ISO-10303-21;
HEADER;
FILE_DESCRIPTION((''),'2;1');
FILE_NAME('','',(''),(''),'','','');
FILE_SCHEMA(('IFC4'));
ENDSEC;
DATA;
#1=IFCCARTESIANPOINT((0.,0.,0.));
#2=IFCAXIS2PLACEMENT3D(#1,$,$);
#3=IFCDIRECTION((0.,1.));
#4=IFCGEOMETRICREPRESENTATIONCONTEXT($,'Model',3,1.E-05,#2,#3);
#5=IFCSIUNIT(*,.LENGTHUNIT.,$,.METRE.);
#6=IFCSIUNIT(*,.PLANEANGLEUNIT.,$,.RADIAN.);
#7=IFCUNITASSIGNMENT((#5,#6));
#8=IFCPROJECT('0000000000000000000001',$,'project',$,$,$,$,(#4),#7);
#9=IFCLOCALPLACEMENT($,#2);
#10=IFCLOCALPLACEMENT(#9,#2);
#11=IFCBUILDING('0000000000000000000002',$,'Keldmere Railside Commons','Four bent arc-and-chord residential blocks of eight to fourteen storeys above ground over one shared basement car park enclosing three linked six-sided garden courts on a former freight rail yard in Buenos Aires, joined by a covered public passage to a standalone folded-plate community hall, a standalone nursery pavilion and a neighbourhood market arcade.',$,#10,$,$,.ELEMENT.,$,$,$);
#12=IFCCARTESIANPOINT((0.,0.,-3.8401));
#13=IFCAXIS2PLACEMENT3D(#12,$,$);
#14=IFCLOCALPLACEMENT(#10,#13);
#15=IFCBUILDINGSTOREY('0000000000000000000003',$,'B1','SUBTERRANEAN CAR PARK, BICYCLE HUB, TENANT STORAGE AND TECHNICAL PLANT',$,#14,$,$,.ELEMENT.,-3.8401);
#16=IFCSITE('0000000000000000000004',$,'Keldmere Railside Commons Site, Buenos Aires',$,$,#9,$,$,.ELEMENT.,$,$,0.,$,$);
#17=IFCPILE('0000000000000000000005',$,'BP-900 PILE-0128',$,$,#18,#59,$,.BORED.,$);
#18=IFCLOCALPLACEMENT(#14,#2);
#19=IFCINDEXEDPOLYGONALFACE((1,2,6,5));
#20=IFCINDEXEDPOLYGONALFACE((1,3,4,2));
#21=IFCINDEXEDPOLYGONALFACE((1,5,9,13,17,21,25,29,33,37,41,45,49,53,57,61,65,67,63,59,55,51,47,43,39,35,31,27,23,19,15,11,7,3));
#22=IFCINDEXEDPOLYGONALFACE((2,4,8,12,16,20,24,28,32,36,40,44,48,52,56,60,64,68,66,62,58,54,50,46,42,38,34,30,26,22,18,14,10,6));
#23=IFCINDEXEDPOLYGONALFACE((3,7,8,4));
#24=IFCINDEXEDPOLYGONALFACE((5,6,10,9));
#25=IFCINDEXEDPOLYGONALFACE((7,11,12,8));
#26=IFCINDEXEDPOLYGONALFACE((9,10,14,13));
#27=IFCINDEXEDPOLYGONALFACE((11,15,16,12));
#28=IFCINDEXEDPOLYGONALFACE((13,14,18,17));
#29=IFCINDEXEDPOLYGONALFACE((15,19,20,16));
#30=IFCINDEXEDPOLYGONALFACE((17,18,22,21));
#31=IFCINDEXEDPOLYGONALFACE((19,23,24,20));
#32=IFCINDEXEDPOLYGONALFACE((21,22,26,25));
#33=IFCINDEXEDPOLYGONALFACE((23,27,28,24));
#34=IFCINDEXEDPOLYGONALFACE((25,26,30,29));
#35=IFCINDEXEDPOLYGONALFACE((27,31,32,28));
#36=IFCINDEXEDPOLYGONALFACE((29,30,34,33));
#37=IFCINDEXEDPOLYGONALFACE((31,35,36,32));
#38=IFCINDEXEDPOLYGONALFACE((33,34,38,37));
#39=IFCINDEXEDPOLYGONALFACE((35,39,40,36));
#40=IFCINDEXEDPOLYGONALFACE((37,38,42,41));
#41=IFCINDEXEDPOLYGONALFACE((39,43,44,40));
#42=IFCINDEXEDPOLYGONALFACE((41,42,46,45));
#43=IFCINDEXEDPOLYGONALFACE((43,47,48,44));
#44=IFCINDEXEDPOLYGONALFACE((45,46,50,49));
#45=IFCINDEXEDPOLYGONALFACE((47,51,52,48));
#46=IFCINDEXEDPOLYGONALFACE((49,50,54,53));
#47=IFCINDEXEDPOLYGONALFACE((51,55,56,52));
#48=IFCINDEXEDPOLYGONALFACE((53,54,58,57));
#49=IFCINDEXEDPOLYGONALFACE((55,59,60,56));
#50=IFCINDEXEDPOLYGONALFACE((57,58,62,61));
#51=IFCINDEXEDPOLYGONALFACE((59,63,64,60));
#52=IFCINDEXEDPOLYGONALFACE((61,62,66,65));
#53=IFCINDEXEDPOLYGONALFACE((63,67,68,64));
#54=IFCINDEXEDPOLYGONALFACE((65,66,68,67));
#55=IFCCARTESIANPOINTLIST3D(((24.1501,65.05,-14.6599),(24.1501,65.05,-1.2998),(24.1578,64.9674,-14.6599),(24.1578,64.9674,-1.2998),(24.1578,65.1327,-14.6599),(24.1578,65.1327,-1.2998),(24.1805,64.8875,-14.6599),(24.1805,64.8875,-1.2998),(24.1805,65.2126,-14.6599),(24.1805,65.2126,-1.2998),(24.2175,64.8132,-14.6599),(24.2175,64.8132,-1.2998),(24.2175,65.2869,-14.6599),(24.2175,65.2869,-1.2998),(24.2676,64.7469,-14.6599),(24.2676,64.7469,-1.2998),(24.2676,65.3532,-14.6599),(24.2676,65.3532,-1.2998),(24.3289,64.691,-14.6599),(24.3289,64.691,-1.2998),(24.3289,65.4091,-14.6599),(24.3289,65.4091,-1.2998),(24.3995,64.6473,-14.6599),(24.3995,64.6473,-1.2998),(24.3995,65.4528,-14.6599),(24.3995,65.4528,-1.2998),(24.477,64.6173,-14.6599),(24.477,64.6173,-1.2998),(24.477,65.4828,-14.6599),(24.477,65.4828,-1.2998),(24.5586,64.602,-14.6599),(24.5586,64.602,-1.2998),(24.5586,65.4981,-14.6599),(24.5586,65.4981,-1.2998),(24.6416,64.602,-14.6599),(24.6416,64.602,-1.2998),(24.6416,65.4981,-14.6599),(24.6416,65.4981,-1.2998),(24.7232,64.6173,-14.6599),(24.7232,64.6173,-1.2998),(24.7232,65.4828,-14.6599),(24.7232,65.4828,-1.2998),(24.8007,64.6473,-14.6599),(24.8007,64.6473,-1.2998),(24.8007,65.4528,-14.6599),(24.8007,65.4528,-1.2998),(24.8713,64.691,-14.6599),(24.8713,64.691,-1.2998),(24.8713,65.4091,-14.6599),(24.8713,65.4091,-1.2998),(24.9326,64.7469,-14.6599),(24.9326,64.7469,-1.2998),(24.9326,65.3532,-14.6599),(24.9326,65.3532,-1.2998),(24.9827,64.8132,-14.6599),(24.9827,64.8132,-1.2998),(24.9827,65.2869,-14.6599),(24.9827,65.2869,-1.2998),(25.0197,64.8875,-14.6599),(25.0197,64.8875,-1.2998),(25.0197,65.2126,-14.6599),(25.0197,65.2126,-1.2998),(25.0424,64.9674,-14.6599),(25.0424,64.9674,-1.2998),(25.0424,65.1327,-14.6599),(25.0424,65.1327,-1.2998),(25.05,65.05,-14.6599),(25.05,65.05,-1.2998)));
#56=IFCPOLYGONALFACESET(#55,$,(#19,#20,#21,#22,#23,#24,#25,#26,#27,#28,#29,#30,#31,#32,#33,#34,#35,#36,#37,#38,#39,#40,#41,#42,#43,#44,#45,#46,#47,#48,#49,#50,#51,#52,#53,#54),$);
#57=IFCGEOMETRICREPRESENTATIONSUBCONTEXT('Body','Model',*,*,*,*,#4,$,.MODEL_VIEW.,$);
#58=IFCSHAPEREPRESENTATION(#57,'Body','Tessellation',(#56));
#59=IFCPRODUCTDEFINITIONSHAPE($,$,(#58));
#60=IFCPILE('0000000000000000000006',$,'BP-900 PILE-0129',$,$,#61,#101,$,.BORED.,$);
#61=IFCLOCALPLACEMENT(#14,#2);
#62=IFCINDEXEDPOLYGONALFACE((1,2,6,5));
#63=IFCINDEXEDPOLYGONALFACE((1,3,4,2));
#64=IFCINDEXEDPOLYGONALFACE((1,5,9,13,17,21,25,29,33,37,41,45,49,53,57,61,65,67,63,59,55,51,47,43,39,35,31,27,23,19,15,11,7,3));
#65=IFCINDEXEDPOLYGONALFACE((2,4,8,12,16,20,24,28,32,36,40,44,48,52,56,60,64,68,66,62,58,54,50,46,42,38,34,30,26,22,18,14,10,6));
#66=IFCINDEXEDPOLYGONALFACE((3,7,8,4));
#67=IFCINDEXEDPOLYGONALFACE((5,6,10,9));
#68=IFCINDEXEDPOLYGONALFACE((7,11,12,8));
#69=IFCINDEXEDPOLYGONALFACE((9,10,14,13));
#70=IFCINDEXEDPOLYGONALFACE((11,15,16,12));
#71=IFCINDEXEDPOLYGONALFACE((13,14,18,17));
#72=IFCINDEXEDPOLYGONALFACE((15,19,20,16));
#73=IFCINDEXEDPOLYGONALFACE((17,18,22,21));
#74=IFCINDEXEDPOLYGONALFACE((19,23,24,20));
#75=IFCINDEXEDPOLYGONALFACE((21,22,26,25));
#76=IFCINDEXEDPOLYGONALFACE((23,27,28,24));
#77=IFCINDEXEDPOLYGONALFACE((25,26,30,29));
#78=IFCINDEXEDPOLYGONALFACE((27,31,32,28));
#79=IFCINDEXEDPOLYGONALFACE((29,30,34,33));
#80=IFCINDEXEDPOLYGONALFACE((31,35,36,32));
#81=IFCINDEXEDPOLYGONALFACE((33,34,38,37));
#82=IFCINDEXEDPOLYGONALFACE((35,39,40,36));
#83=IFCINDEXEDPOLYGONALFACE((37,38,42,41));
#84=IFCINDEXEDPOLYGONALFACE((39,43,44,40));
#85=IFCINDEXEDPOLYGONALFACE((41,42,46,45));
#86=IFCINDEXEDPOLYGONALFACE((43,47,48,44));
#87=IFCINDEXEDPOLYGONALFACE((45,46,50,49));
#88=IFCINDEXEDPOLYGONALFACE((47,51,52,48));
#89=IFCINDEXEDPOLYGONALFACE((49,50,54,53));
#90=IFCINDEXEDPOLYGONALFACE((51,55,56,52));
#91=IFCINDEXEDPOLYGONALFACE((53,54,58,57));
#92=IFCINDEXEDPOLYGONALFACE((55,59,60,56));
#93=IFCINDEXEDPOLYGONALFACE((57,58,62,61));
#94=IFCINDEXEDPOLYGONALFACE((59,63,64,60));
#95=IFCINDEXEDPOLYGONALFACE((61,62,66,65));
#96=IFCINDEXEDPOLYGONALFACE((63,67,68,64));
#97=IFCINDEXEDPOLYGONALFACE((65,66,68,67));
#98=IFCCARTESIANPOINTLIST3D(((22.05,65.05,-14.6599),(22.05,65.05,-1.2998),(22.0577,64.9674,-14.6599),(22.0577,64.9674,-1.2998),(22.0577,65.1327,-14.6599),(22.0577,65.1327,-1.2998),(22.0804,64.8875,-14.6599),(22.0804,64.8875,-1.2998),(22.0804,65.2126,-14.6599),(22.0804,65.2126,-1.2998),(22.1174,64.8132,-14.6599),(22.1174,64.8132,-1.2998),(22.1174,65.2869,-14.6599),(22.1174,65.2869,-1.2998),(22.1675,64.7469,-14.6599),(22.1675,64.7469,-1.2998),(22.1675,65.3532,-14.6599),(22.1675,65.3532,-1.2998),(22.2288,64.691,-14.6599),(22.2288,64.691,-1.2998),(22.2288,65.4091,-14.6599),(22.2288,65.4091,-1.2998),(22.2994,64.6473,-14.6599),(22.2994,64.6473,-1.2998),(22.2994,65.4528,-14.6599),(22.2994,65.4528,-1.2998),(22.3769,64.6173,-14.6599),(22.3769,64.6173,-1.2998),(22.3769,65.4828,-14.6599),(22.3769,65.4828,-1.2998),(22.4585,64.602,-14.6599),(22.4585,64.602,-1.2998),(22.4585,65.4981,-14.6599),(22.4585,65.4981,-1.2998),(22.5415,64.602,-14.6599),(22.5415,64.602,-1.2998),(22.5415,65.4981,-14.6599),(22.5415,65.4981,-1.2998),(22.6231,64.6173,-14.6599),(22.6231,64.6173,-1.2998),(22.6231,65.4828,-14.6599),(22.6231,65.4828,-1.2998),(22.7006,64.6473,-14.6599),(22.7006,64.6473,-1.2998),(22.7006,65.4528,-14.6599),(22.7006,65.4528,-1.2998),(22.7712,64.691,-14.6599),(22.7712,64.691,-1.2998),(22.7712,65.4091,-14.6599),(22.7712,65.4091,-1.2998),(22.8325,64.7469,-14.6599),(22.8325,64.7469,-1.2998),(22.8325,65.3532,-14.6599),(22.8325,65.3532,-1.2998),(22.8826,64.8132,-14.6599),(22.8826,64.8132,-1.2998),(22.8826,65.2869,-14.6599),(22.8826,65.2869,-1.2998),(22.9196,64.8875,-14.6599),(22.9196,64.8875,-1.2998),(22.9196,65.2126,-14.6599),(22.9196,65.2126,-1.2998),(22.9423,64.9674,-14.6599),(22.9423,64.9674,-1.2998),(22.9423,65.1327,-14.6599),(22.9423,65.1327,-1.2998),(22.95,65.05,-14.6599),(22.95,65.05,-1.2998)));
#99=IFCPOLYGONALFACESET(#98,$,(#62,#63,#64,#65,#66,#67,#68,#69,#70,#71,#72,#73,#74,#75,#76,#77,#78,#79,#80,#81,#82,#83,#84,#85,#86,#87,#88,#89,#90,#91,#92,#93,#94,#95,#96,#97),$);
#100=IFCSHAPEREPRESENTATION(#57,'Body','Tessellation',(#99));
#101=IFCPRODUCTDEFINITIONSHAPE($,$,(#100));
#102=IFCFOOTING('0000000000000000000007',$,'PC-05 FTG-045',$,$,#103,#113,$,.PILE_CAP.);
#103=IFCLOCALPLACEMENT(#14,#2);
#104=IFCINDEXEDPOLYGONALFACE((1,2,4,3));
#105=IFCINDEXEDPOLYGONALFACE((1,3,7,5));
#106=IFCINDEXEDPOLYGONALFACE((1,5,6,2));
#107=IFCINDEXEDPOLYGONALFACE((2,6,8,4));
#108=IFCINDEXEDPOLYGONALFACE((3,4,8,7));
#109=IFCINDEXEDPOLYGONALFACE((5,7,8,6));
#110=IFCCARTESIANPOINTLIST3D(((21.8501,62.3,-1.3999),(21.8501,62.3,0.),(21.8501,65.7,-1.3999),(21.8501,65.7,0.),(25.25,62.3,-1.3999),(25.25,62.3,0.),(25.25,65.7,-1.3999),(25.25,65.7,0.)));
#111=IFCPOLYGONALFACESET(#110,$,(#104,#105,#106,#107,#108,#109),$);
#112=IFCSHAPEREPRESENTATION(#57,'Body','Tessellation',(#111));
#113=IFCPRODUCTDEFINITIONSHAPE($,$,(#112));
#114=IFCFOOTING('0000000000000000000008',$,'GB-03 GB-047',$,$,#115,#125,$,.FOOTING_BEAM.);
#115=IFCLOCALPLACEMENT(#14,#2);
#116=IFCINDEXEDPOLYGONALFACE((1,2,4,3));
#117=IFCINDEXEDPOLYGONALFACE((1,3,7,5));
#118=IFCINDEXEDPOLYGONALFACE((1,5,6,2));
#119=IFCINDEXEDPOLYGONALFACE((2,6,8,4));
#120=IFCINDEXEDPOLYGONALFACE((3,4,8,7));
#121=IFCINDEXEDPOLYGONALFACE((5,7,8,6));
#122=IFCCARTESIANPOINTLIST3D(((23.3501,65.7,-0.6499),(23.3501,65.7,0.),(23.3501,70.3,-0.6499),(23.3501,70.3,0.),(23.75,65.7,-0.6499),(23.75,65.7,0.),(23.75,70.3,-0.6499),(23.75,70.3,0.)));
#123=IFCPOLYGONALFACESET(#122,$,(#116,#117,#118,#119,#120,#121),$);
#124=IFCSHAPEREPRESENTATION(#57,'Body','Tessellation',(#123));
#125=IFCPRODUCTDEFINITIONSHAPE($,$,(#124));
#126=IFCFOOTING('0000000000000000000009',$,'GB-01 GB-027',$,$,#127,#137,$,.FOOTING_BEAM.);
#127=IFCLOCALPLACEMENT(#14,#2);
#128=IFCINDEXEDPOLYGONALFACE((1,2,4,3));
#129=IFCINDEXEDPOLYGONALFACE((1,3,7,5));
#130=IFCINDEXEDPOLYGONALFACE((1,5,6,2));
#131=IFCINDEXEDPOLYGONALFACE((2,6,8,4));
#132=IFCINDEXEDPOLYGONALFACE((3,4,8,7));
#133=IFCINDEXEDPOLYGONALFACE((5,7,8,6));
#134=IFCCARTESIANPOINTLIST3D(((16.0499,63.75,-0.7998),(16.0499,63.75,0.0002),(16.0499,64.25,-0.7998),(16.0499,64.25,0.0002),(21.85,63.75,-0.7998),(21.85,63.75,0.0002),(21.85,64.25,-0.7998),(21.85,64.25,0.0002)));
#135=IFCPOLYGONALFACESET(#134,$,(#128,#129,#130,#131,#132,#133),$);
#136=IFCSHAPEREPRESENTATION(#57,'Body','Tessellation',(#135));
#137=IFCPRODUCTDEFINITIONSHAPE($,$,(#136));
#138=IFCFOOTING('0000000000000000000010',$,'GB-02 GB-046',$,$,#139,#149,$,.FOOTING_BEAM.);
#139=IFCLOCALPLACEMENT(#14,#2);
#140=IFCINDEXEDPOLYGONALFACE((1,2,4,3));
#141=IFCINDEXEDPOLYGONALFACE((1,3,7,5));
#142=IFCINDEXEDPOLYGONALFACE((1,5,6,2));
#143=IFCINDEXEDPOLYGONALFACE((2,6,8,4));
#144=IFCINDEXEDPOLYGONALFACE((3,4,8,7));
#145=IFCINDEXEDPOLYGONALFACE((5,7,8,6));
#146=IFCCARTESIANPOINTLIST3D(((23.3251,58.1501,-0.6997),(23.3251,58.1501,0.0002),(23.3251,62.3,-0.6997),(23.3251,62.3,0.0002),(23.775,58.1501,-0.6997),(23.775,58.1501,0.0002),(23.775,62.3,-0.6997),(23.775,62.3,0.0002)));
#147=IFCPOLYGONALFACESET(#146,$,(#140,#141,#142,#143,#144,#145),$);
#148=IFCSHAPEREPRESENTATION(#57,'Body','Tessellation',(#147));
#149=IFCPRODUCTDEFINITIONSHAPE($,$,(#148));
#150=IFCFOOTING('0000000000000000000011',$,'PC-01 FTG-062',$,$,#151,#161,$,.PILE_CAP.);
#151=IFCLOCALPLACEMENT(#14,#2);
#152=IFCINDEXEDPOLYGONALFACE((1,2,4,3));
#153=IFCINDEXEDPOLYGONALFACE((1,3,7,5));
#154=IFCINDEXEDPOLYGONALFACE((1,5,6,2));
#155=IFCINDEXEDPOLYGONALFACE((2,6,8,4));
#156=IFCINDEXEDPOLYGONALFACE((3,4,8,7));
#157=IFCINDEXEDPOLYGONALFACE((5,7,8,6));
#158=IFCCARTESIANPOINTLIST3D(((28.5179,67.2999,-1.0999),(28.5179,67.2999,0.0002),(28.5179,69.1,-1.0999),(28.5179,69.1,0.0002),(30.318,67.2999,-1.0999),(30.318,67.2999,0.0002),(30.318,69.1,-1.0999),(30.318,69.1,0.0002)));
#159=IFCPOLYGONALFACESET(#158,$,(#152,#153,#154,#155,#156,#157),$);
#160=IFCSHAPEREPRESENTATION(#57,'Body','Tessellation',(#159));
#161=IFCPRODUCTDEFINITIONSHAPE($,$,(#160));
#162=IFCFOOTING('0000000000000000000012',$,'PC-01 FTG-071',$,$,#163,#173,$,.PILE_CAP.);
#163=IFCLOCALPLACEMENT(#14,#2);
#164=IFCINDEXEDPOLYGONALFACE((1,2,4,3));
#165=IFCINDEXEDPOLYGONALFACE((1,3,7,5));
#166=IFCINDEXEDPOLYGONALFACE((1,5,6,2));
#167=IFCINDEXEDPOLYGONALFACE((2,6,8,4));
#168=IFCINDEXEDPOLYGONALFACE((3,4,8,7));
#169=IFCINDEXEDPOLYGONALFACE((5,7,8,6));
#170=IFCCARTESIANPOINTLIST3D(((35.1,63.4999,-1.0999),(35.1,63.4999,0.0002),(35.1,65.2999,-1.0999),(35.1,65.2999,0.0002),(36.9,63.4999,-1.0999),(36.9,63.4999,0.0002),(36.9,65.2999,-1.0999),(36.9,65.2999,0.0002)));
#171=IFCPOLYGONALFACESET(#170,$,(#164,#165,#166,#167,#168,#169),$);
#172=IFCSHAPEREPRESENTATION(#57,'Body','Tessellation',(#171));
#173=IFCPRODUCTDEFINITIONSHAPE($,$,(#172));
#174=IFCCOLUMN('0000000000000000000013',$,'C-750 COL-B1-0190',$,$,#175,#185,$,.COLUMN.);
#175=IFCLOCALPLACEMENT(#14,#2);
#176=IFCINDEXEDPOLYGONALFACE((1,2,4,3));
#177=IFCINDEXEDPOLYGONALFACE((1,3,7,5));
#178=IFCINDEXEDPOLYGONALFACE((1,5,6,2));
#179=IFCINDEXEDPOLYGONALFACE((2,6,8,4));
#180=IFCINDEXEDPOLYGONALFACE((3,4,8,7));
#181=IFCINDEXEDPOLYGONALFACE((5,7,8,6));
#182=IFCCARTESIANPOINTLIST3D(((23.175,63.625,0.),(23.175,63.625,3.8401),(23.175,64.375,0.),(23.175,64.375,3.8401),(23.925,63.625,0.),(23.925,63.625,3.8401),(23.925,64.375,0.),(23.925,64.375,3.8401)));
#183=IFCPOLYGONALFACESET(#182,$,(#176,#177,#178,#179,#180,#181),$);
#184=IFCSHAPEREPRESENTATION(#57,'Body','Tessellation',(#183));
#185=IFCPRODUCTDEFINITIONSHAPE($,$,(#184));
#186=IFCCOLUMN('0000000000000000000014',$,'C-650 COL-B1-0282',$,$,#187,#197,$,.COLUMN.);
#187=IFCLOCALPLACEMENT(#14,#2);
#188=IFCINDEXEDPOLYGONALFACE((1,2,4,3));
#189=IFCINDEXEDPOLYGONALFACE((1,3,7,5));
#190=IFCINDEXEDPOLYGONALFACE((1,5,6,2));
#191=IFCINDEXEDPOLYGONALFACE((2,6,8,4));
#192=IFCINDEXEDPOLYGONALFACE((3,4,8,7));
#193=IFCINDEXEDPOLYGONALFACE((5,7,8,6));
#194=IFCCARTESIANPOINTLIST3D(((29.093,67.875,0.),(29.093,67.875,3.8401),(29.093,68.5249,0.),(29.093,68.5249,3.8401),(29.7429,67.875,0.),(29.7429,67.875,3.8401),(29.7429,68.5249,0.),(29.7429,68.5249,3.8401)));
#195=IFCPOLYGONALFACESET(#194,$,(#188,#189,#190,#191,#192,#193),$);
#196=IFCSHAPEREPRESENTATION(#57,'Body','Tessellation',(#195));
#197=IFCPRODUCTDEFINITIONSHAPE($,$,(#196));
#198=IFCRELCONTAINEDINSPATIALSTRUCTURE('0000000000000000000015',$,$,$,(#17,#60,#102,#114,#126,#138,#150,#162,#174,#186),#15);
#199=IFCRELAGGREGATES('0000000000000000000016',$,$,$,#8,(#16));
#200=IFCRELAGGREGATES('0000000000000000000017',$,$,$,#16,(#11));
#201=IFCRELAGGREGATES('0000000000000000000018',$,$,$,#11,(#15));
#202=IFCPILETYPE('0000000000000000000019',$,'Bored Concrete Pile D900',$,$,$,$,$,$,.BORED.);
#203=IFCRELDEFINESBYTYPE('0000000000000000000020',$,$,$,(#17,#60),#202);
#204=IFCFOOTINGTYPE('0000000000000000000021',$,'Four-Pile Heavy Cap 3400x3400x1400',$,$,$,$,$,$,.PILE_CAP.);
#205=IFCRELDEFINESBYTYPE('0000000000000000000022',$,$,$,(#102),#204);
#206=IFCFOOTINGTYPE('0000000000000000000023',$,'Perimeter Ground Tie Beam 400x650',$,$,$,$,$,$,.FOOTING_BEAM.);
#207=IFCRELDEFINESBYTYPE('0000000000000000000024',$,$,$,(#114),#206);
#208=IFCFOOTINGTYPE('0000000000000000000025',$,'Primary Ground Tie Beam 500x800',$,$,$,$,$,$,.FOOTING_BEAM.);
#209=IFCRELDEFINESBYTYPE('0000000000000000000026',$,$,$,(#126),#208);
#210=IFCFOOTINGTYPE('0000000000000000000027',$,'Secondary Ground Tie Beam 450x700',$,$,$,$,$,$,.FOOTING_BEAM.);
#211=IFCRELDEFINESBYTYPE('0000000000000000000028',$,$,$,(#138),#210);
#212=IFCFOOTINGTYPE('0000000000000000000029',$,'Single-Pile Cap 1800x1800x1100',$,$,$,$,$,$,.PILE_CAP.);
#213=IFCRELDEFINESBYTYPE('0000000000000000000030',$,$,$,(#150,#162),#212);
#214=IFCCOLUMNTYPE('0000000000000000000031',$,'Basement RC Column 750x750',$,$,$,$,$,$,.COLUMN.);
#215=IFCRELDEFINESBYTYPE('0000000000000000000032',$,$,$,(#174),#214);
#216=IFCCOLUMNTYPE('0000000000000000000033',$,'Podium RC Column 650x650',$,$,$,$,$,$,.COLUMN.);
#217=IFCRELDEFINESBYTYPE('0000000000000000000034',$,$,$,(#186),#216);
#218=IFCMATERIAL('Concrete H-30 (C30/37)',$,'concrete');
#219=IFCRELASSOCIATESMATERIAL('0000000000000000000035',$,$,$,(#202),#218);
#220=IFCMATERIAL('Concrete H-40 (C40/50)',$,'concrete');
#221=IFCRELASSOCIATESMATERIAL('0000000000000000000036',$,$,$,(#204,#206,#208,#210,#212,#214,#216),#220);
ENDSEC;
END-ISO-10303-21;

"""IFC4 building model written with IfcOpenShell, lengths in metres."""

from ifc_helpers import new_model, si_unit, direction, frame, origin, origin_2d, place, context, subcontext, project, spatial, rectangle, circle, extrude, material, material_profile, profile_set, type_object, element, save


model = new_model("IFC4")

# Units and contexts
model_context = context("Model", 3, precision=1e-05, world=origin(), true_north=direction((0.0, 1.0)))
body_context = subcontext(model_context, "Body", "Model", "MODEL_VIEW")
ifc_project = project(units=[si_unit("LENGTHUNIT", "METRE"), si_unit("PLANEANGLEUNIT", "RADIAN")], contexts=[model_context])

# Site, building, storey
site_placement = place(None, origin())
site = spatial("IfcSite", under=ifc_project, at=site_placement, Name="Keldmere Railside Commons Site, Buenos Aires", CompositionType="ELEMENT", RefElevation=0.0)
building_placement = place(site_placement, origin())
building = spatial("IfcBuilding", under=site, at=building_placement, Name="Keldmere Railside Commons", Description="Four bent arc-and-chord residential blocks of eight to fourteen storeys above ground over one shared basement car park enclosing three linked six-sided garden courts on a former freight rail yard in Buenos Aires, joined by a covered public passage to a standalone folded-plate community hall, a standalone nursery pavilion and a neighbourhood market arcade.", CompositionType="ELEMENT")
storey_placement = place(building_placement, frame((0.0, 0.0, -3.8401)))
storey = spatial("IfcBuildingStorey", under=building, at=storey_placement, Name="B1", Description="SUBTERRANEAN CAR PARK, BICYCLE HUB, TENANT STORAGE AND TECHNICAL PLANT", CompositionType="ELEMENT", Elevation=-3.8401)

# Piles
ifc_material_1 = material(Name="Concrete H-30 (C30/37)", Category="concrete")
ifc_material_profile_1 = material_profile(ifc_material_1, circle(Radius=0.45, at=origin_2d()), Name="PILE-D900")
ifc_profile_set_1 = profile_set([ifc_material_profile_1], Name="Concrete H-30 (C30/37)")
pile_type_1 = type_object("IfcPileType", Name="Bored Concrete Pile D900", PredefinedType="BORED", material=ifc_profile_set_1)
for number, where, z_axis, x_axis, name in (
    (1, (24.6001, 65.05, -1.2998), (0.0, 0.0, -1.0), (1.0, 0.0, 0.0), "BP-900 PILE-0128"),
    (2, (22.5, 65.05, -1.2998), (0.0, 0.0, -1.0), (1.0, 0.0, 0.0), "BP-900 PILE-0129"),
):
    element("IfcPile", number, at=place(storey_placement, frame(where, z_axis=z_axis, x_axis=x_axis)), inside=storey, type_object=pile_type_1, Name=name, PredefinedType="BORED", context=body_context, shape_type="SweptSolid", body=[
        extrude(circle(Radius=0.45, at=origin_2d()), origin(), (0.0, 0.0, 1.0), 13.3601),
    ])

# Footings
ifc_material_2 = material(Name="Concrete H-40 (C40/50)", Category="concrete")
footing_type_1 = type_object("IfcFootingType", Name="Four-Pile Heavy Cap 3400x3400x1400", PredefinedType="PILE_CAP", material=ifc_material_2)
footing_1_placement = place(storey_placement, frame((23.55, 64.0, -1.3999), z_axis=(0.0, 0.0, 1.0), x_axis=(1.0, 0.0, 0.0)))
element("IfcFooting", 3, at=footing_1_placement, inside=storey, type_object=footing_type_1, Name="PC-05 FTG-045", PredefinedType="PILE_CAP", context=body_context, shape_type="SweptSolid", body=[
    extrude(rectangle(XDim=3.3999, YDim=3.3999, at=origin_2d()), origin(), (0.0, 0.0, 1.0), 1.3999),
])
footing_type_2 = type_object("IfcFootingType", Name="Perimeter Ground Tie Beam 400x650", PredefinedType="FOOTING_BEAM", material=ifc_material_2)
footing_2_placement = place(storey_placement, frame((23.55, 68.0, -0.6499), z_axis=(0.0, 0.0, 1.0), x_axis=(0.0, 1.0, 0.0)))
element("IfcFooting", 4, at=footing_2_placement, inside=storey, type_object=footing_type_2, Name="GB-03 GB-047", PredefinedType="FOOTING_BEAM", context=body_context, shape_type="SweptSolid", body=[
    extrude(rectangle(XDim=4.6001, YDim=0.3999, at=origin_2d()), origin(), (0.0, 0.0, 1.0), 0.6499),
])
footing_type_3 = type_object("IfcFootingType", Name="Primary Ground Tie Beam 500x800", PredefinedType="FOOTING_BEAM", material=ifc_material_2)
footing_3_placement = place(storey_placement, frame((18.95, 64.0, -0.7998), z_axis=(0.0, 0.0, 1.0), x_axis=(1.0, 0.0, 0.0)))
element("IfcFooting", 5, at=footing_3_placement, inside=storey, type_object=footing_type_3, Name="GB-01 GB-027", PredefinedType="FOOTING_BEAM", context=body_context, shape_type="SweptSolid", body=[
    extrude(rectangle(XDim=5.8, YDim=0.5, at=origin_2d()), origin(), (0.0, 0.0, 1.0), 0.8),
])
footing_type_4 = type_object("IfcFootingType", Name="Secondary Ground Tie Beam 450x700", PredefinedType="FOOTING_BEAM", material=ifc_material_2)
footing_4_placement = place(storey_placement, frame((23.55, 60.2251, -0.6997), z_axis=(0.0, 0.0, 1.0), x_axis=(0.0, 1.0, 0.0)))
element("IfcFooting", 6, at=footing_4_placement, inside=storey, type_object=footing_type_4, Name="GB-02 GB-046", PredefinedType="FOOTING_BEAM", context=body_context, shape_type="SweptSolid", body=[
    extrude(rectangle(XDim=4.1499, YDim=0.45, at=origin_2d()), origin(), (0.0, 0.0, 1.0), 0.7),
])
footing_type_5 = type_object("IfcFootingType", Name="Single-Pile Cap 1800x1800x1100", PredefinedType="PILE_CAP", material=ifc_material_2)
for number, where, z_axis, x_axis, name in (
    (7, (29.418, 68.2, -1.0999), (0.0, 0.0, 1.0), (1.0, 0.0, 0.0), "PC-01 FTG-062"),
    (8, (36.0, 64.3999, -1.0999), (0.0, 0.0, 1.0), (1.0, 0.0, 0.0), "PC-01 FTG-071"),
):
    element("IfcFooting", number, at=place(storey_placement, frame(where, z_axis=z_axis, x_axis=x_axis)), inside=storey, type_object=footing_type_5, Name=name, PredefinedType="PILE_CAP", context=body_context, shape_type="SweptSolid", body=[
        extrude(rectangle(XDim=1.8, YDim=1.8, at=origin_2d()), origin(), (0.0, 0.0, 1.0), 1.1001),
    ])

# Columns
ifc_material_profile_2 = material_profile(ifc_material_2, rectangle(XDim=0.75, YDim=0.75, at=origin_2d()), Name="RC-750x750")
ifc_profile_set_2 = profile_set([ifc_material_profile_2], Name="Concrete H-40 (C40/50)")
column_type_1 = type_object("IfcColumnType", Name="Basement RC Column 750x750", PredefinedType="COLUMN", material=ifc_profile_set_2)
column_placement = place(storey_placement, frame((23.55, 64.0, 0.0), z_axis=(0.0, 0.0, 1.0), x_axis=(1.0, 0.0, 0.0)))
element("IfcColumn", 9, at=column_placement, inside=storey, type_object=column_type_1, Name="C-750 COL-B1-0190", PredefinedType="COLUMN", context=body_context, shape_type="SweptSolid", body=[
    extrude(rectangle(XDim=0.75, YDim=0.75, at=origin_2d()), origin(), (0.0, 0.0, 1.0), 3.8401),
])
ifc_material_profile_3 = material_profile(ifc_material_2, rectangle(XDim=0.6499, YDim=0.6499, at=origin_2d()), Name="RC-650x650")
ifc_profile_set_3 = profile_set([ifc_material_profile_3], Name="Concrete H-40 (C40/50)")
column_type_2 = type_object("IfcColumnType", Name="Podium RC Column 650x650", PredefinedType="COLUMN", material=ifc_profile_set_3)
for number, where, z_axis, x_axis, name in (
    (10, (29.418, 68.2, 0.0), (0.0, 0.0, 1.0), (1.0, 0.0, 0.0), "C-650 COL-B1-0282"),
):
    element("IfcColumn", number, at=place(storey_placement, frame(where, z_axis=z_axis, x_axis=x_axis)), inside=storey, type_object=column_type_2, Name=name, PredefinedType="COLUMN", context=body_context, shape_type="SweptSolid", body=[
        extrude(rectangle(XDim=0.6499, YDim=0.6499, at=origin_2d()), origin(), (0.0, 0.0, 1.0), 3.8401),
    ])

save(model, "model.ifc")
